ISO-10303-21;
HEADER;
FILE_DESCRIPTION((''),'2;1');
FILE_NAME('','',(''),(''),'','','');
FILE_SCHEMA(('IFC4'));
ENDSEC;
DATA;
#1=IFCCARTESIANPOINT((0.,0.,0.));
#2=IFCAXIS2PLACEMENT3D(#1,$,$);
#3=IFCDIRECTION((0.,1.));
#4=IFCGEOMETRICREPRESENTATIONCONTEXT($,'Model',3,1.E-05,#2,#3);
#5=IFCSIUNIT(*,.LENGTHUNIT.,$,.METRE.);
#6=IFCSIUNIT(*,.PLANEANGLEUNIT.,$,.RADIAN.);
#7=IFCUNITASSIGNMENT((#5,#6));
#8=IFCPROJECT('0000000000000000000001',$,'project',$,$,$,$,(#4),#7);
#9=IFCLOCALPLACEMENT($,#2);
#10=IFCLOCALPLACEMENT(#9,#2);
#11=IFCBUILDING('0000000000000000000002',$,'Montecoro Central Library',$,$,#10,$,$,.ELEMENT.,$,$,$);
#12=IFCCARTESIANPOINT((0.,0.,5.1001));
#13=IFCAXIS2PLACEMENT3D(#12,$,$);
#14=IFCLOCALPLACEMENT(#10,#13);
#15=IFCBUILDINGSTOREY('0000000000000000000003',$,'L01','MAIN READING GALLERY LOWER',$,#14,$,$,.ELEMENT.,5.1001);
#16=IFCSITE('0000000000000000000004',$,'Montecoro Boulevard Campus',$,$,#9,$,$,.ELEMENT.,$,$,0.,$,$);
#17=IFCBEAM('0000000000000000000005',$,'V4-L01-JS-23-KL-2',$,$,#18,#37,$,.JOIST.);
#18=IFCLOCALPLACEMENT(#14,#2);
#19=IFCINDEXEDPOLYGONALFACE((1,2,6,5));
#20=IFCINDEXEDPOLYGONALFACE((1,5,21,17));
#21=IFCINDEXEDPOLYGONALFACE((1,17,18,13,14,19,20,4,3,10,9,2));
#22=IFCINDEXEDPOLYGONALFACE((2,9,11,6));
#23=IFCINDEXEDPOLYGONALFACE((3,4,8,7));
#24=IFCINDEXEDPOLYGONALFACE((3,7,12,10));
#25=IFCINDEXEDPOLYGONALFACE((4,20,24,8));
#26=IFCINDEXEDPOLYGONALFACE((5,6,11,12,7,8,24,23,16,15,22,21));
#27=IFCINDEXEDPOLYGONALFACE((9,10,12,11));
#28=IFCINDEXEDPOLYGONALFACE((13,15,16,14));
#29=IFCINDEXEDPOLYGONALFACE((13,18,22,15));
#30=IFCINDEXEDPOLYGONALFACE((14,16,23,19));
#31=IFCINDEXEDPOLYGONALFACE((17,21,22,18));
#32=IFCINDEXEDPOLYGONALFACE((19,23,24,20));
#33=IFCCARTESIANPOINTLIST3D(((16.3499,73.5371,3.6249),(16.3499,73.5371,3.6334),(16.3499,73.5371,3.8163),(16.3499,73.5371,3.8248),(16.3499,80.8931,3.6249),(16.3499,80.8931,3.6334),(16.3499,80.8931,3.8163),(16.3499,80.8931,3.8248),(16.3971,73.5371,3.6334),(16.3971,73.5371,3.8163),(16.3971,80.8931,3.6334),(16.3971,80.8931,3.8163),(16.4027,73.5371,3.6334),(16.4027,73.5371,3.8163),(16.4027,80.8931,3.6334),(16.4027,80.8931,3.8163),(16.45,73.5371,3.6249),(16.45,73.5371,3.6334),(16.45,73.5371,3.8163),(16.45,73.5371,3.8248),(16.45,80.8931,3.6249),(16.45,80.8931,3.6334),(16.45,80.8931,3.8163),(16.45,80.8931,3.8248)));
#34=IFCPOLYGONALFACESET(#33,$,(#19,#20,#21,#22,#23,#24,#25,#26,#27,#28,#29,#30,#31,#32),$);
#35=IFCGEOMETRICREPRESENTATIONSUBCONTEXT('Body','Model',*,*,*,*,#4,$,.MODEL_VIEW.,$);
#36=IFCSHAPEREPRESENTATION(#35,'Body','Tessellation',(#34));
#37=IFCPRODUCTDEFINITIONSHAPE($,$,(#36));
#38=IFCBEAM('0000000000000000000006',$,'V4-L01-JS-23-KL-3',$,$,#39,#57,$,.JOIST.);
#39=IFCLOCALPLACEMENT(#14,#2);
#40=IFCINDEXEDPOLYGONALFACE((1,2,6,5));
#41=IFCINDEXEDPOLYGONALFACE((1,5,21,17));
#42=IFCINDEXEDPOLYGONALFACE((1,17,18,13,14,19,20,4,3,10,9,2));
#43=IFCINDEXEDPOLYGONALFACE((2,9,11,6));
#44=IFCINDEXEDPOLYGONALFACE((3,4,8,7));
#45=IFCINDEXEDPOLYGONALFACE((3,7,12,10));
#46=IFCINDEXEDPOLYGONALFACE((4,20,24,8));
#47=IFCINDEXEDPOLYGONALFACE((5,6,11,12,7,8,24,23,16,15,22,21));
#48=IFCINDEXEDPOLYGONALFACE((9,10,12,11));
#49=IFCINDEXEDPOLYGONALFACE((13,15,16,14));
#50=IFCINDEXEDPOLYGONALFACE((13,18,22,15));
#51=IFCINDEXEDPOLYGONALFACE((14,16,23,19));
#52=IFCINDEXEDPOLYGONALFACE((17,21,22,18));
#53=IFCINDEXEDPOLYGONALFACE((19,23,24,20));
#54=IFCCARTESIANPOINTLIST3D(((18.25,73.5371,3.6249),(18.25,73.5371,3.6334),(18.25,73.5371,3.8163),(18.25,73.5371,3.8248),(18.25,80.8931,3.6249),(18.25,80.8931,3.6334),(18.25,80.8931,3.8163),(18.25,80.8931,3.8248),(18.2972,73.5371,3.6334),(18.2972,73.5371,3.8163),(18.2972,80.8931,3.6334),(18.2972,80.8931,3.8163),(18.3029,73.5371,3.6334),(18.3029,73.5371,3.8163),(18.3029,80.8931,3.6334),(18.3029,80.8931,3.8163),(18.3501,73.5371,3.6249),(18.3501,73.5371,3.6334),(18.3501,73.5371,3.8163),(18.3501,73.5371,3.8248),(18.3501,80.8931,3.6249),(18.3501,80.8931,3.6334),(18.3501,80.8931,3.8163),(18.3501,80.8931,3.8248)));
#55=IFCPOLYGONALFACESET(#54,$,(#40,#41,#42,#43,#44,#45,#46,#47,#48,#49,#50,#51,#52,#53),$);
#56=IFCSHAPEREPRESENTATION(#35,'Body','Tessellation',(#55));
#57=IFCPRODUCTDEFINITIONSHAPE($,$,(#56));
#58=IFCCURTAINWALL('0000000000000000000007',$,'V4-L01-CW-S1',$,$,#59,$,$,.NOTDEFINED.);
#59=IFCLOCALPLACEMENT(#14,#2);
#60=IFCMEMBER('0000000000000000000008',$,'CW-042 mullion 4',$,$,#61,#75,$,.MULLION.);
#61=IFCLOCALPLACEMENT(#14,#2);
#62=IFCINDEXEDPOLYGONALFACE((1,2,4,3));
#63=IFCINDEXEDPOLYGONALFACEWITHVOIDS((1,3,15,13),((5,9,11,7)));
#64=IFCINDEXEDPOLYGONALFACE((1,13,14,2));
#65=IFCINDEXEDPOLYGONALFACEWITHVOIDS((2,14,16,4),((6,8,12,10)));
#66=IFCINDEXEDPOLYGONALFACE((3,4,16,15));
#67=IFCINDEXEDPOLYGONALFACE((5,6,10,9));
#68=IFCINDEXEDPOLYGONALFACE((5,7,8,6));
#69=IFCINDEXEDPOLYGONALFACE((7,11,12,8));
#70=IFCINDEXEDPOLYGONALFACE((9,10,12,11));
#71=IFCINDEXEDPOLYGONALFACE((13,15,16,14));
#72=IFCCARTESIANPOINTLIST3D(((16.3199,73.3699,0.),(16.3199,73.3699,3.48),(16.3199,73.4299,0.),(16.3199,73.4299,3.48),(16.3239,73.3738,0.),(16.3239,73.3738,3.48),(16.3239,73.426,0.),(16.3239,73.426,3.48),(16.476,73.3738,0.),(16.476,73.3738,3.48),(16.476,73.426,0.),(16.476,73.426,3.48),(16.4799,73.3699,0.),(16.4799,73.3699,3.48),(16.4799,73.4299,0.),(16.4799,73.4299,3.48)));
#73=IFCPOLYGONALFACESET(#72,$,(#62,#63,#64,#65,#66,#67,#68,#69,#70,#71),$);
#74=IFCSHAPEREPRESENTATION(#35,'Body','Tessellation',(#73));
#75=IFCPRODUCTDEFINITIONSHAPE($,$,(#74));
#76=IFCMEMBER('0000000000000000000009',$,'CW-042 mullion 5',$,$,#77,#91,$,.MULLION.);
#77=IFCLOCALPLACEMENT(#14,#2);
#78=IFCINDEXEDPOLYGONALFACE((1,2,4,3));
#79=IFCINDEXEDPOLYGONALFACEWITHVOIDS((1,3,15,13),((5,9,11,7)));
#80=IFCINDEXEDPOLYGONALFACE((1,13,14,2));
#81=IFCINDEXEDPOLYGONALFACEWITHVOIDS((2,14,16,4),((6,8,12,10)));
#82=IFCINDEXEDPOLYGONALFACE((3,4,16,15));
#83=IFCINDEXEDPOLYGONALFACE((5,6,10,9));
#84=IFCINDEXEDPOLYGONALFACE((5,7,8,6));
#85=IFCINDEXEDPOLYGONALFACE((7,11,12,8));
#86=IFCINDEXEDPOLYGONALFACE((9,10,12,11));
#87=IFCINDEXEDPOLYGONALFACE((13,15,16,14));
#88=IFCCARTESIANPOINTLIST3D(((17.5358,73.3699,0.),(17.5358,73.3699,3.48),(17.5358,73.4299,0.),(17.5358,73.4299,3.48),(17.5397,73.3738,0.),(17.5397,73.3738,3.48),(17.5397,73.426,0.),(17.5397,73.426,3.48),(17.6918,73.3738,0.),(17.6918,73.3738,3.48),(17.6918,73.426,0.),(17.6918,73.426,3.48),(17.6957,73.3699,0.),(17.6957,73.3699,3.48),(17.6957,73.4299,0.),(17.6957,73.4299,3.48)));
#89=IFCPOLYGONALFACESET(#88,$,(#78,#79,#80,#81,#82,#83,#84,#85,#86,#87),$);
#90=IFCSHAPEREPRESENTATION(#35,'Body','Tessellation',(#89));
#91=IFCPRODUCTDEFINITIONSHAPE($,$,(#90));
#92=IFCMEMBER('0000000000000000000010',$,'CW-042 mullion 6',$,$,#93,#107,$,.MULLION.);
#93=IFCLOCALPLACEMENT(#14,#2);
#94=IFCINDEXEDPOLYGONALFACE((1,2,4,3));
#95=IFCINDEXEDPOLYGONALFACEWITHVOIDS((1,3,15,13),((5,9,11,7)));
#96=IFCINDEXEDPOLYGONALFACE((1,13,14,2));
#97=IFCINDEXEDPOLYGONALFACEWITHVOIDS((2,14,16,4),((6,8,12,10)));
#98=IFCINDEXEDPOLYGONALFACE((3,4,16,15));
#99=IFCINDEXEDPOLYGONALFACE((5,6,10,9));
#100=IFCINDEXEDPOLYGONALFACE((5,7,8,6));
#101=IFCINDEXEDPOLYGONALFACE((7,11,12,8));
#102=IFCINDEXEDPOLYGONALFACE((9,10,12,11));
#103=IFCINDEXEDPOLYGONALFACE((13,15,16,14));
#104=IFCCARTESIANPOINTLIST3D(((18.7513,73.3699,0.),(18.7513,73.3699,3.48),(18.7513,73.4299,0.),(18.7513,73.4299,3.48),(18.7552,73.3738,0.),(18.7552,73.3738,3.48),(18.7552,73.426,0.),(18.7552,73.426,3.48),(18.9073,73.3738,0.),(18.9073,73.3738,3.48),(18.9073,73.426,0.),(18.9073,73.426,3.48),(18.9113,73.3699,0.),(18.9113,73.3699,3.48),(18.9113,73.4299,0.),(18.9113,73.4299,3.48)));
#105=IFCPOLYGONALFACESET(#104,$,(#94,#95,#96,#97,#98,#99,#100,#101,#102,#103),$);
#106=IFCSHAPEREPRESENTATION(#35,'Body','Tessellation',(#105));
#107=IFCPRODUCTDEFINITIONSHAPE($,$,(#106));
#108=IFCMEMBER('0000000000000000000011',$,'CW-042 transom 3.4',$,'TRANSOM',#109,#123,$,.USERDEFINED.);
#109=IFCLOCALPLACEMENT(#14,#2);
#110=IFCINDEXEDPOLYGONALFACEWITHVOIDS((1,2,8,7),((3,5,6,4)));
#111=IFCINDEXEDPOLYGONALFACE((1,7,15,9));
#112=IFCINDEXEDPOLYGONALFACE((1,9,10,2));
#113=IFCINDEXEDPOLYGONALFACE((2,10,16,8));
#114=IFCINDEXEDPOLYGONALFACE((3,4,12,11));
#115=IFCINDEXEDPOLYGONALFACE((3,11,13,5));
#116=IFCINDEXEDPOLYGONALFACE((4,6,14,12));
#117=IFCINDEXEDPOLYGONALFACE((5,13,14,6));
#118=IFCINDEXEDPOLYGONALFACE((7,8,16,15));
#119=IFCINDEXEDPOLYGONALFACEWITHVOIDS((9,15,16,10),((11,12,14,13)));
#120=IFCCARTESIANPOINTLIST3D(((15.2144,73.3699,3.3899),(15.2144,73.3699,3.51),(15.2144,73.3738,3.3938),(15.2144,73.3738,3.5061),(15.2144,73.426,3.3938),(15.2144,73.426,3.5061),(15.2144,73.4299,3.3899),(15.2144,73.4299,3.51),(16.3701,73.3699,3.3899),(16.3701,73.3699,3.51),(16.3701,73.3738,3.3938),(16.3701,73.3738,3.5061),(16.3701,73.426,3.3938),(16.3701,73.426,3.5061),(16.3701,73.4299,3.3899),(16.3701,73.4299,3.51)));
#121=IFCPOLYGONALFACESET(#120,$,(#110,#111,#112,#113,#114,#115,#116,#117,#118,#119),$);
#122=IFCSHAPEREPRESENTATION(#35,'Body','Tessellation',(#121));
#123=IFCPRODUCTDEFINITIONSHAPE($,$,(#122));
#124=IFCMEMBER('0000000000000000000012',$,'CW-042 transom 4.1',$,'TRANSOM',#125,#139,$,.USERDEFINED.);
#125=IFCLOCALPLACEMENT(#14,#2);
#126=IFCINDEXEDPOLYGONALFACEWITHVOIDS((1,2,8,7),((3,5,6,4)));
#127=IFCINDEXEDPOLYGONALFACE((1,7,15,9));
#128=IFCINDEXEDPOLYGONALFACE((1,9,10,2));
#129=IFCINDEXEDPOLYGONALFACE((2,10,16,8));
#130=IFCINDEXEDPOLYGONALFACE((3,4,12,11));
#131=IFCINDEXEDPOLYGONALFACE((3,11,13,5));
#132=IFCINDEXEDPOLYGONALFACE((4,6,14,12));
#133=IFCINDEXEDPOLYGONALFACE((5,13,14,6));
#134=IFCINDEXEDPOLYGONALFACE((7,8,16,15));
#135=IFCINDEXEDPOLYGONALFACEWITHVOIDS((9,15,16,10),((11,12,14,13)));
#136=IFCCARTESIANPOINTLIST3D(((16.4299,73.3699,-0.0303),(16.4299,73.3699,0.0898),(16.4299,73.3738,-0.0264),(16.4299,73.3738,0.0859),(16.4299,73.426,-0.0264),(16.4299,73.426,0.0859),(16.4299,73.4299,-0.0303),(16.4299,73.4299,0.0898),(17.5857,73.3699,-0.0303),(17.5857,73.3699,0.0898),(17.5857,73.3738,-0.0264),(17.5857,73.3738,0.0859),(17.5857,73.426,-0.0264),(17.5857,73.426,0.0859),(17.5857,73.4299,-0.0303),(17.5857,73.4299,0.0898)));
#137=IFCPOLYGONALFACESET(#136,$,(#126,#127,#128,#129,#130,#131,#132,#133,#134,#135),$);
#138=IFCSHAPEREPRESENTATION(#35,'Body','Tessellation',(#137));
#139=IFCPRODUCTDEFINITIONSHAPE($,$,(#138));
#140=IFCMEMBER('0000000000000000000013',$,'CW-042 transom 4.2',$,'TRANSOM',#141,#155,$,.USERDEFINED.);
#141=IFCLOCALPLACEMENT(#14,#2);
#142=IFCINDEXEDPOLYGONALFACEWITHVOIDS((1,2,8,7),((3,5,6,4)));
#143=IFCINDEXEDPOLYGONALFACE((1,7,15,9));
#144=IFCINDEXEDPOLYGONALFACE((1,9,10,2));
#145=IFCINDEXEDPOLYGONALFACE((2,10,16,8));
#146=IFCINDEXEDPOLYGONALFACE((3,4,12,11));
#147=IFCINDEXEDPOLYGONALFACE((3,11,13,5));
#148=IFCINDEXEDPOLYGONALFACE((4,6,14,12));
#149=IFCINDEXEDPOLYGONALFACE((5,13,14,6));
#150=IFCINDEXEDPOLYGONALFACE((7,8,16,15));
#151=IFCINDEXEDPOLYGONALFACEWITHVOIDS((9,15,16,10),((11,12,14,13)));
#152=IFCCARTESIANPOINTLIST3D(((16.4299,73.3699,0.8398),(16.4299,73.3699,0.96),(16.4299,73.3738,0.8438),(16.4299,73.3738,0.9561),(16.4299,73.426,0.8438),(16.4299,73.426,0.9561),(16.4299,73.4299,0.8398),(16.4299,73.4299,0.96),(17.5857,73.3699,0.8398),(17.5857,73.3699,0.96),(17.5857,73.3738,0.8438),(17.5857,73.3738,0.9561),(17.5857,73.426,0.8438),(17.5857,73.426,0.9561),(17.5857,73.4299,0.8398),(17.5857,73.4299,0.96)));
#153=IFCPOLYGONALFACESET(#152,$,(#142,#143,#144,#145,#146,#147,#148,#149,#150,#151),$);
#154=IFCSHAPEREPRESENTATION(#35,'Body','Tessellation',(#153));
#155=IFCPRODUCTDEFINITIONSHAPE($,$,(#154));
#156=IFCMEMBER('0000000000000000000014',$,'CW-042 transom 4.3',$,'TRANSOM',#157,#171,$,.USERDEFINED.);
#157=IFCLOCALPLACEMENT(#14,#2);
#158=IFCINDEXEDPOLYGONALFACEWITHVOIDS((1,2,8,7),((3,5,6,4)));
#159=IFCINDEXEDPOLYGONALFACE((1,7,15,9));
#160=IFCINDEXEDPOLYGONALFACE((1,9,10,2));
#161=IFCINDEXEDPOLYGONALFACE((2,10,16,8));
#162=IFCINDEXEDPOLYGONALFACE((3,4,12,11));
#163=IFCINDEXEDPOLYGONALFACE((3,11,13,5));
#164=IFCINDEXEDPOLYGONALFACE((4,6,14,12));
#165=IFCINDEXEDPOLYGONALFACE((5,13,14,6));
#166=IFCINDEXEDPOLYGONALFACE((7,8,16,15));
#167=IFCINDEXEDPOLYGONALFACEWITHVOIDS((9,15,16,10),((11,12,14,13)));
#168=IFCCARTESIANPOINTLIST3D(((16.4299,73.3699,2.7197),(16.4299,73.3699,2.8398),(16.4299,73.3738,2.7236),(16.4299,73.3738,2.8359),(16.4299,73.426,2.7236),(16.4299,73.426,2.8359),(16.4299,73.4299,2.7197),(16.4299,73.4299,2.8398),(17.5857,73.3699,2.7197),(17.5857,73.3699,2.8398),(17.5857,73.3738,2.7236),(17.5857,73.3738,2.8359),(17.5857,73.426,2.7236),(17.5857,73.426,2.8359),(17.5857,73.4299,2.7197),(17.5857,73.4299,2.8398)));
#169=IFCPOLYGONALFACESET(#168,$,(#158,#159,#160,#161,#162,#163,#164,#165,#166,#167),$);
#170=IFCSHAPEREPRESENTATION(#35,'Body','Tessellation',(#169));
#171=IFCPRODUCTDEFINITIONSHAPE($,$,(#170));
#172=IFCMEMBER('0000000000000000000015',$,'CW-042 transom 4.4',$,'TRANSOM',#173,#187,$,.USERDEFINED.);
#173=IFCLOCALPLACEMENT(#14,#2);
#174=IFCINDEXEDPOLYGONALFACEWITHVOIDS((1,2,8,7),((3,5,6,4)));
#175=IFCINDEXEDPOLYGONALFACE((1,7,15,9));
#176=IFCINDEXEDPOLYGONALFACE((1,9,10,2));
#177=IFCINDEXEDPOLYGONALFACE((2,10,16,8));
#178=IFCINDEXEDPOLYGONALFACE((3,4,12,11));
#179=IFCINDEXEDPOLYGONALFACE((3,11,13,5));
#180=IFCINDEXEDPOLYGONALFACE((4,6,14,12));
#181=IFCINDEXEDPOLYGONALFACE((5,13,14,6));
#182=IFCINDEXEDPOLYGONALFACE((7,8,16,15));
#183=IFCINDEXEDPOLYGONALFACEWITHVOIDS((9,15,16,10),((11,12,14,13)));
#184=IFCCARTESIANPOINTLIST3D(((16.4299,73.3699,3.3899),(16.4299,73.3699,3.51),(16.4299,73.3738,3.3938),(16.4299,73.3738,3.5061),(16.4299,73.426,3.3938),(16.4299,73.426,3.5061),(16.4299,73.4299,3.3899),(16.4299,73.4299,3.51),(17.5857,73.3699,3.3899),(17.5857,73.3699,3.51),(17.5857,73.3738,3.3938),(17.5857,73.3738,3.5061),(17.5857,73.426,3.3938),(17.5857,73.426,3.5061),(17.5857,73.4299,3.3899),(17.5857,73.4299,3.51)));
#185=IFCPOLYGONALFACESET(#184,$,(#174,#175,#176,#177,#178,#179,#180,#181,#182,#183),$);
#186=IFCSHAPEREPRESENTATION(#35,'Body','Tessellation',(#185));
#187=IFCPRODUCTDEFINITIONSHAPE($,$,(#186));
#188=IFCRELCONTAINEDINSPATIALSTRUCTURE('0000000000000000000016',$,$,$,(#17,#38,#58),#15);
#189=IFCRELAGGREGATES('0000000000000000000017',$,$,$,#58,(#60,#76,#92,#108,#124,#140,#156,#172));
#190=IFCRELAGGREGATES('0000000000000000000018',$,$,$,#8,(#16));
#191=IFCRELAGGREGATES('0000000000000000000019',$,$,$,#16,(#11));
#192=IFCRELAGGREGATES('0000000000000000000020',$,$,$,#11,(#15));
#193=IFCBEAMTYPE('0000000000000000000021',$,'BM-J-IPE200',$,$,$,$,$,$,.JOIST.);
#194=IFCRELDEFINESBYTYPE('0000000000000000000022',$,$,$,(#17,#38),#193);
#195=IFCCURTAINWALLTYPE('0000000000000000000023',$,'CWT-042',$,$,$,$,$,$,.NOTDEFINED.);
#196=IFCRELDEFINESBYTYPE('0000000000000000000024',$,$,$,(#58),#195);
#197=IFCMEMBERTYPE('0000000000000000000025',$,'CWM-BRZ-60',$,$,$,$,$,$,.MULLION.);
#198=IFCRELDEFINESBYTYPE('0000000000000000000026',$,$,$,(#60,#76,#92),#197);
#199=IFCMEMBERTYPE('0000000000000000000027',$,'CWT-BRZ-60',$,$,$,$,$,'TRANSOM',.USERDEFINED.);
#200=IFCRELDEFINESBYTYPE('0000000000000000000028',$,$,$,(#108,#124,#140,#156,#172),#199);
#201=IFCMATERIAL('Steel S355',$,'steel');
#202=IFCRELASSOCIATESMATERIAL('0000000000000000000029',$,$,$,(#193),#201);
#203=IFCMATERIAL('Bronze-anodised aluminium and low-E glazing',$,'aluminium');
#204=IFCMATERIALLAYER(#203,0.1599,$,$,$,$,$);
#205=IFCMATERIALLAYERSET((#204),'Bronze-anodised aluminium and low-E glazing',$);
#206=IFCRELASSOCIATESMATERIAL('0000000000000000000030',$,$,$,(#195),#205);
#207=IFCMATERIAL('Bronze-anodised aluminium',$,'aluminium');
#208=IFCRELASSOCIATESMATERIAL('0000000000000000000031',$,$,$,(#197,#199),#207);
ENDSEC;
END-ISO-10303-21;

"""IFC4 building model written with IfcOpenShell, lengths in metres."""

from ifc_helpers import new_model, si_unit, direction, frame, origin, origin_2d, place, context, subcontext, project, spatial, hollow_rectangle, i_section, extrude, material, layer, layer_set, material_profile, profile_set, type_object, element, aggregate, save


model = new_model("IFC4")

# Units and contexts
model_context = context("Model", 3, precision=1e-05, world=origin(), true_north=direction((0.0, 1.0)))
body_context = subcontext(model_context, "Body", "Model", "MODEL_VIEW")
ifc_project = project(units=[si_unit("LENGTHUNIT", "METRE"), si_unit("PLANEANGLEUNIT", "RADIAN")], contexts=[model_context])

# Site, building, storey
site_placement = place(None, origin())
site = spatial("IfcSite", under=ifc_project, at=site_placement, Name="Montecoro Boulevard Campus", CompositionType="ELEMENT", RefElevation=0.0)
building_placement = place(site_placement, origin())
building = spatial("IfcBuilding", under=site, at=building_placement, Name="Montecoro Central Library", CompositionType="ELEMENT")
storey_placement = place(building_placement, frame((0.0, 0.0, 5.1001)))
storey = spatial("IfcBuildingStorey", under=building, at=storey_placement, Name="L01", Description="MAIN READING GALLERY LOWER", CompositionType="ELEMENT", Elevation=5.1001)

# Beams
ifc_material_1 = material(Name="Steel S355", Category="steel")
ifc_material_profile_1 = material_profile(ifc_material_1, i_section(OverallWidth=0.1001, OverallDepth=0.2, WebThickness=0.0056, FlangeThickness=0.0085, at=origin_2d()), Name="IPE 200")
ifc_profile_set_1 = profile_set([ifc_material_profile_1], Name="Steel S355")
beam_type = type_object("IfcBeamType", Name="BM-J-IPE200", PredefinedType="JOIST", material=ifc_profile_set_1)
for number, where, z_axis, x_axis, name in (
    (1, (16.3999, 73.5371, 3.7249), (0.0, 1.0, 0.0), (-1.0, 0.0, 0.0), "V4-L01-JS-23-KL-2"),
    (2, (18.3, 73.5371, 3.7249), (0.0, 1.0, 0.0), (-1.0, 0.0, 0.0), "V4-L01-JS-23-KL-3"),
):
    element("IfcBeam", number, at=place(storey_placement, frame(where, z_axis=z_axis, x_axis=x_axis)), inside=storey, type_object=beam_type, Name=name, PredefinedType="JOIST", context=body_context, shape_type="SweptSolid", body=[
        extrude(i_section(OverallWidth=0.1001, OverallDepth=0.2, WebThickness=0.0056, FlangeThickness=0.0085, at=origin_2d()), origin(), (0.0, 0.0, 1.0), 7.356),
    ])

# Curtain wall, members
ifc_material_2 = material(Name="Bronze-anodised aluminium and low-E glazing", Category="aluminium")
ifc_layer_1 = layer(ifc_material_2, 0.1599)
ifc_layer_set_1 = layer_set([ifc_layer_1], Name="Bronze-anodised aluminium and low-E glazing")
curtain_wall_type = type_object("IfcCurtainWallType", Name="CWT-042", PredefinedType="NOTDEFINED", material=ifc_layer_set_1)
curtain_wall_placement = place(storey_placement, origin())
curtain_wall = element("IfcCurtainWall", 3, at=curtain_wall_placement, inside=storey, type_object=curtain_wall_type, Name="V4-L01-CW-S1", PredefinedType="NOTDEFINED")
ifc_material_3 = material(Name="Bronze-anodised aluminium", Category="aluminium")
ifc_material_profile_2 = material_profile(ifc_material_3, hollow_rectangle(XDim=0.0601, YDim=0.1599, WallThickness=0.0039, at=origin_2d()), Name="CWM 160x60x4.0")
ifc_profile_set_2 = profile_set([ifc_material_profile_2], Name="Bronze-anodised aluminium")
member_type_1 = type_object("IfcMemberType", Name="CWM-BRZ-60", PredefinedType="MULLION", material=ifc_profile_set_2)
member_1_placement = place(storey_placement, frame((16.3999, 73.3999, 0.0), z_axis=(0.0, 0.0, 1.0), x_axis=(0.0, 1.0, 0.0)))
member_1 = element("IfcMember", 4, at=member_1_placement, type_object=member_type_1, Name="CW-042 mullion 4", PredefinedType="MULLION", context=body_context, shape_type="SweptSolid", body=[
    extrude(hollow_rectangle(XDim=0.0601, YDim=0.1599, WallThickness=0.0039, at=origin_2d()), origin(), (0.0, 0.0, 1.0), 3.48),
])
member_2_placement = place(storey_placement, frame((17.6157, 73.3999, 0.0), z_axis=(0.0, 0.0, 1.0), x_axis=(0.0, 1.0, 0.0)))
member_2 = element("IfcMember", 5, at=member_2_placement, type_object=member_type_1, Name="CW-042 mullion 5", PredefinedType="MULLION", context=body_context, shape_type="SweptSolid", body=[
    extrude(hollow_rectangle(XDim=0.0601, YDim=0.1599, WallThickness=0.0039, at=origin_2d()), origin(), (0.0, 0.0, 1.0), 3.48),
])
member_3_placement = place(storey_placement, frame((18.8313, 73.3999, 0.0), z_axis=(0.0, 0.0, 1.0), x_axis=(0.0, 1.0, 0.0)))
member_3 = element("IfcMember", 6, at=member_3_placement, type_object=member_type_1, Name="CW-042 mullion 6", PredefinedType="MULLION", context=body_context, shape_type="SweptSolid", body=[
    extrude(hollow_rectangle(XDim=0.0601, YDim=0.1599, WallThickness=0.0039, at=origin_2d()), origin(), (0.0, 0.0, 1.0), 3.48),
])
ifc_material_profile_3 = material_profile(ifc_material_3, hollow_rectangle(XDim=0.0601, YDim=0.1201, WallThickness=0.0039, at=origin_2d()), Name="CWT 120x60x4.0")
ifc_profile_set_3 = profile_set([ifc_material_profile_3], Name="Bronze-anodised aluminium")
member_type_2 = type_object("IfcMemberType", Name="CWT-BRZ-60", ElementType="TRANSOM", PredefinedType="USERDEFINED", material=ifc_profile_set_3)
member_4_placement = place(storey_placement, frame((15.2144, 73.3999, 3.45), z_axis=(1.0, 0.0, 0.0), x_axis=(0.0, 1.0, 0.0)))
member_4 = element("IfcMember", 7, at=member_4_placement, type_object=member_type_2, Name="CW-042 transom 3.4", ObjectType="TRANSOM", PredefinedType="USERDEFINED", context=body_context, shape_type="SweptSolid", body=[
    extrude(hollow_rectangle(XDim=0.0601, YDim=0.1201, WallThickness=0.0039, at=origin_2d()), origin(), (0.0, 0.0, 1.0), 1.1558),
])
member_5_placement = place(storey_placement, frame((16.4299, 73.3999, 0.0298), z_axis=(1.0, 0.0, 0.0), x_axis=(0.0, 1.0, 0.0)))
member_5 = element("IfcMember", 8, at=member_5_placement, type_object=member_type_2, Name="CW-042 transom 4.1", ObjectType="TRANSOM", PredefinedType="USERDEFINED", context=body_context, shape_type="SweptSolid", body=[
    extrude(hollow_rectangle(XDim=0.0601, YDim=0.1201, WallThickness=0.0039, at=origin_2d()), origin(), (0.0, 0.0, 1.0), 1.1558),
])
member_6_placement = place(storey_placement, frame((16.4299, 73.3999, 0.8999), z_axis=(1.0, 0.0, 0.0), x_axis=(0.0, 1.0, 0.0)))
member_6 = element("IfcMember", 9, at=member_6_placement, type_object=member_type_2, Name="CW-042 transom 4.2", ObjectType="TRANSOM", PredefinedType="USERDEFINED", context=body_context, shape_type="SweptSolid", body=[
    extrude(hollow_rectangle(XDim=0.0601, YDim=0.1201, WallThickness=0.0039, at=origin_2d()), origin(), (0.0, 0.0, 1.0), 1.1558),
])
member_7_placement = place(storey_placement, frame((16.4299, 73.3999, 2.7798), z_axis=(1.0, 0.0, 0.0), x_axis=(0.0, 1.0, 0.0)))
member_7 = element("IfcMember", 10, at=member_7_placement, type_object=member_type_2, Name="CW-042 transom 4.3", ObjectType="TRANSOM", PredefinedType="USERDEFINED", context=body_context, shape_type="SweptSolid", body=[
    extrude(hollow_rectangle(XDim=0.0601, YDim=0.1201, WallThickness=0.0039, at=origin_2d()), origin(), (0.0, 0.0, 1.0), 1.1558),
])
member_8_placement = place(storey_placement, frame((16.4299, 73.3999, 3.45), z_axis=(1.0, 0.0, 0.0), x_axis=(0.0, 1.0, 0.0)))
member_8 = element("IfcMember", 11, at=member_8_placement, type_object=member_type_2, Name="CW-042 transom 4.4", ObjectType="TRANSOM", PredefinedType="USERDEFINED", context=body_context, shape_type="SweptSolid", body=[
    extrude(hollow_rectangle(XDim=0.0601, YDim=0.1201, WallThickness=0.0039, at=origin_2d()), origin(), (0.0, 0.0, 1.0), 1.1558),
])
aggregate(curtain_wall, [member_1, member_2, member_3, member_4, member_5, member_6, member_7, member_8])

save(model, "model.ifc")
